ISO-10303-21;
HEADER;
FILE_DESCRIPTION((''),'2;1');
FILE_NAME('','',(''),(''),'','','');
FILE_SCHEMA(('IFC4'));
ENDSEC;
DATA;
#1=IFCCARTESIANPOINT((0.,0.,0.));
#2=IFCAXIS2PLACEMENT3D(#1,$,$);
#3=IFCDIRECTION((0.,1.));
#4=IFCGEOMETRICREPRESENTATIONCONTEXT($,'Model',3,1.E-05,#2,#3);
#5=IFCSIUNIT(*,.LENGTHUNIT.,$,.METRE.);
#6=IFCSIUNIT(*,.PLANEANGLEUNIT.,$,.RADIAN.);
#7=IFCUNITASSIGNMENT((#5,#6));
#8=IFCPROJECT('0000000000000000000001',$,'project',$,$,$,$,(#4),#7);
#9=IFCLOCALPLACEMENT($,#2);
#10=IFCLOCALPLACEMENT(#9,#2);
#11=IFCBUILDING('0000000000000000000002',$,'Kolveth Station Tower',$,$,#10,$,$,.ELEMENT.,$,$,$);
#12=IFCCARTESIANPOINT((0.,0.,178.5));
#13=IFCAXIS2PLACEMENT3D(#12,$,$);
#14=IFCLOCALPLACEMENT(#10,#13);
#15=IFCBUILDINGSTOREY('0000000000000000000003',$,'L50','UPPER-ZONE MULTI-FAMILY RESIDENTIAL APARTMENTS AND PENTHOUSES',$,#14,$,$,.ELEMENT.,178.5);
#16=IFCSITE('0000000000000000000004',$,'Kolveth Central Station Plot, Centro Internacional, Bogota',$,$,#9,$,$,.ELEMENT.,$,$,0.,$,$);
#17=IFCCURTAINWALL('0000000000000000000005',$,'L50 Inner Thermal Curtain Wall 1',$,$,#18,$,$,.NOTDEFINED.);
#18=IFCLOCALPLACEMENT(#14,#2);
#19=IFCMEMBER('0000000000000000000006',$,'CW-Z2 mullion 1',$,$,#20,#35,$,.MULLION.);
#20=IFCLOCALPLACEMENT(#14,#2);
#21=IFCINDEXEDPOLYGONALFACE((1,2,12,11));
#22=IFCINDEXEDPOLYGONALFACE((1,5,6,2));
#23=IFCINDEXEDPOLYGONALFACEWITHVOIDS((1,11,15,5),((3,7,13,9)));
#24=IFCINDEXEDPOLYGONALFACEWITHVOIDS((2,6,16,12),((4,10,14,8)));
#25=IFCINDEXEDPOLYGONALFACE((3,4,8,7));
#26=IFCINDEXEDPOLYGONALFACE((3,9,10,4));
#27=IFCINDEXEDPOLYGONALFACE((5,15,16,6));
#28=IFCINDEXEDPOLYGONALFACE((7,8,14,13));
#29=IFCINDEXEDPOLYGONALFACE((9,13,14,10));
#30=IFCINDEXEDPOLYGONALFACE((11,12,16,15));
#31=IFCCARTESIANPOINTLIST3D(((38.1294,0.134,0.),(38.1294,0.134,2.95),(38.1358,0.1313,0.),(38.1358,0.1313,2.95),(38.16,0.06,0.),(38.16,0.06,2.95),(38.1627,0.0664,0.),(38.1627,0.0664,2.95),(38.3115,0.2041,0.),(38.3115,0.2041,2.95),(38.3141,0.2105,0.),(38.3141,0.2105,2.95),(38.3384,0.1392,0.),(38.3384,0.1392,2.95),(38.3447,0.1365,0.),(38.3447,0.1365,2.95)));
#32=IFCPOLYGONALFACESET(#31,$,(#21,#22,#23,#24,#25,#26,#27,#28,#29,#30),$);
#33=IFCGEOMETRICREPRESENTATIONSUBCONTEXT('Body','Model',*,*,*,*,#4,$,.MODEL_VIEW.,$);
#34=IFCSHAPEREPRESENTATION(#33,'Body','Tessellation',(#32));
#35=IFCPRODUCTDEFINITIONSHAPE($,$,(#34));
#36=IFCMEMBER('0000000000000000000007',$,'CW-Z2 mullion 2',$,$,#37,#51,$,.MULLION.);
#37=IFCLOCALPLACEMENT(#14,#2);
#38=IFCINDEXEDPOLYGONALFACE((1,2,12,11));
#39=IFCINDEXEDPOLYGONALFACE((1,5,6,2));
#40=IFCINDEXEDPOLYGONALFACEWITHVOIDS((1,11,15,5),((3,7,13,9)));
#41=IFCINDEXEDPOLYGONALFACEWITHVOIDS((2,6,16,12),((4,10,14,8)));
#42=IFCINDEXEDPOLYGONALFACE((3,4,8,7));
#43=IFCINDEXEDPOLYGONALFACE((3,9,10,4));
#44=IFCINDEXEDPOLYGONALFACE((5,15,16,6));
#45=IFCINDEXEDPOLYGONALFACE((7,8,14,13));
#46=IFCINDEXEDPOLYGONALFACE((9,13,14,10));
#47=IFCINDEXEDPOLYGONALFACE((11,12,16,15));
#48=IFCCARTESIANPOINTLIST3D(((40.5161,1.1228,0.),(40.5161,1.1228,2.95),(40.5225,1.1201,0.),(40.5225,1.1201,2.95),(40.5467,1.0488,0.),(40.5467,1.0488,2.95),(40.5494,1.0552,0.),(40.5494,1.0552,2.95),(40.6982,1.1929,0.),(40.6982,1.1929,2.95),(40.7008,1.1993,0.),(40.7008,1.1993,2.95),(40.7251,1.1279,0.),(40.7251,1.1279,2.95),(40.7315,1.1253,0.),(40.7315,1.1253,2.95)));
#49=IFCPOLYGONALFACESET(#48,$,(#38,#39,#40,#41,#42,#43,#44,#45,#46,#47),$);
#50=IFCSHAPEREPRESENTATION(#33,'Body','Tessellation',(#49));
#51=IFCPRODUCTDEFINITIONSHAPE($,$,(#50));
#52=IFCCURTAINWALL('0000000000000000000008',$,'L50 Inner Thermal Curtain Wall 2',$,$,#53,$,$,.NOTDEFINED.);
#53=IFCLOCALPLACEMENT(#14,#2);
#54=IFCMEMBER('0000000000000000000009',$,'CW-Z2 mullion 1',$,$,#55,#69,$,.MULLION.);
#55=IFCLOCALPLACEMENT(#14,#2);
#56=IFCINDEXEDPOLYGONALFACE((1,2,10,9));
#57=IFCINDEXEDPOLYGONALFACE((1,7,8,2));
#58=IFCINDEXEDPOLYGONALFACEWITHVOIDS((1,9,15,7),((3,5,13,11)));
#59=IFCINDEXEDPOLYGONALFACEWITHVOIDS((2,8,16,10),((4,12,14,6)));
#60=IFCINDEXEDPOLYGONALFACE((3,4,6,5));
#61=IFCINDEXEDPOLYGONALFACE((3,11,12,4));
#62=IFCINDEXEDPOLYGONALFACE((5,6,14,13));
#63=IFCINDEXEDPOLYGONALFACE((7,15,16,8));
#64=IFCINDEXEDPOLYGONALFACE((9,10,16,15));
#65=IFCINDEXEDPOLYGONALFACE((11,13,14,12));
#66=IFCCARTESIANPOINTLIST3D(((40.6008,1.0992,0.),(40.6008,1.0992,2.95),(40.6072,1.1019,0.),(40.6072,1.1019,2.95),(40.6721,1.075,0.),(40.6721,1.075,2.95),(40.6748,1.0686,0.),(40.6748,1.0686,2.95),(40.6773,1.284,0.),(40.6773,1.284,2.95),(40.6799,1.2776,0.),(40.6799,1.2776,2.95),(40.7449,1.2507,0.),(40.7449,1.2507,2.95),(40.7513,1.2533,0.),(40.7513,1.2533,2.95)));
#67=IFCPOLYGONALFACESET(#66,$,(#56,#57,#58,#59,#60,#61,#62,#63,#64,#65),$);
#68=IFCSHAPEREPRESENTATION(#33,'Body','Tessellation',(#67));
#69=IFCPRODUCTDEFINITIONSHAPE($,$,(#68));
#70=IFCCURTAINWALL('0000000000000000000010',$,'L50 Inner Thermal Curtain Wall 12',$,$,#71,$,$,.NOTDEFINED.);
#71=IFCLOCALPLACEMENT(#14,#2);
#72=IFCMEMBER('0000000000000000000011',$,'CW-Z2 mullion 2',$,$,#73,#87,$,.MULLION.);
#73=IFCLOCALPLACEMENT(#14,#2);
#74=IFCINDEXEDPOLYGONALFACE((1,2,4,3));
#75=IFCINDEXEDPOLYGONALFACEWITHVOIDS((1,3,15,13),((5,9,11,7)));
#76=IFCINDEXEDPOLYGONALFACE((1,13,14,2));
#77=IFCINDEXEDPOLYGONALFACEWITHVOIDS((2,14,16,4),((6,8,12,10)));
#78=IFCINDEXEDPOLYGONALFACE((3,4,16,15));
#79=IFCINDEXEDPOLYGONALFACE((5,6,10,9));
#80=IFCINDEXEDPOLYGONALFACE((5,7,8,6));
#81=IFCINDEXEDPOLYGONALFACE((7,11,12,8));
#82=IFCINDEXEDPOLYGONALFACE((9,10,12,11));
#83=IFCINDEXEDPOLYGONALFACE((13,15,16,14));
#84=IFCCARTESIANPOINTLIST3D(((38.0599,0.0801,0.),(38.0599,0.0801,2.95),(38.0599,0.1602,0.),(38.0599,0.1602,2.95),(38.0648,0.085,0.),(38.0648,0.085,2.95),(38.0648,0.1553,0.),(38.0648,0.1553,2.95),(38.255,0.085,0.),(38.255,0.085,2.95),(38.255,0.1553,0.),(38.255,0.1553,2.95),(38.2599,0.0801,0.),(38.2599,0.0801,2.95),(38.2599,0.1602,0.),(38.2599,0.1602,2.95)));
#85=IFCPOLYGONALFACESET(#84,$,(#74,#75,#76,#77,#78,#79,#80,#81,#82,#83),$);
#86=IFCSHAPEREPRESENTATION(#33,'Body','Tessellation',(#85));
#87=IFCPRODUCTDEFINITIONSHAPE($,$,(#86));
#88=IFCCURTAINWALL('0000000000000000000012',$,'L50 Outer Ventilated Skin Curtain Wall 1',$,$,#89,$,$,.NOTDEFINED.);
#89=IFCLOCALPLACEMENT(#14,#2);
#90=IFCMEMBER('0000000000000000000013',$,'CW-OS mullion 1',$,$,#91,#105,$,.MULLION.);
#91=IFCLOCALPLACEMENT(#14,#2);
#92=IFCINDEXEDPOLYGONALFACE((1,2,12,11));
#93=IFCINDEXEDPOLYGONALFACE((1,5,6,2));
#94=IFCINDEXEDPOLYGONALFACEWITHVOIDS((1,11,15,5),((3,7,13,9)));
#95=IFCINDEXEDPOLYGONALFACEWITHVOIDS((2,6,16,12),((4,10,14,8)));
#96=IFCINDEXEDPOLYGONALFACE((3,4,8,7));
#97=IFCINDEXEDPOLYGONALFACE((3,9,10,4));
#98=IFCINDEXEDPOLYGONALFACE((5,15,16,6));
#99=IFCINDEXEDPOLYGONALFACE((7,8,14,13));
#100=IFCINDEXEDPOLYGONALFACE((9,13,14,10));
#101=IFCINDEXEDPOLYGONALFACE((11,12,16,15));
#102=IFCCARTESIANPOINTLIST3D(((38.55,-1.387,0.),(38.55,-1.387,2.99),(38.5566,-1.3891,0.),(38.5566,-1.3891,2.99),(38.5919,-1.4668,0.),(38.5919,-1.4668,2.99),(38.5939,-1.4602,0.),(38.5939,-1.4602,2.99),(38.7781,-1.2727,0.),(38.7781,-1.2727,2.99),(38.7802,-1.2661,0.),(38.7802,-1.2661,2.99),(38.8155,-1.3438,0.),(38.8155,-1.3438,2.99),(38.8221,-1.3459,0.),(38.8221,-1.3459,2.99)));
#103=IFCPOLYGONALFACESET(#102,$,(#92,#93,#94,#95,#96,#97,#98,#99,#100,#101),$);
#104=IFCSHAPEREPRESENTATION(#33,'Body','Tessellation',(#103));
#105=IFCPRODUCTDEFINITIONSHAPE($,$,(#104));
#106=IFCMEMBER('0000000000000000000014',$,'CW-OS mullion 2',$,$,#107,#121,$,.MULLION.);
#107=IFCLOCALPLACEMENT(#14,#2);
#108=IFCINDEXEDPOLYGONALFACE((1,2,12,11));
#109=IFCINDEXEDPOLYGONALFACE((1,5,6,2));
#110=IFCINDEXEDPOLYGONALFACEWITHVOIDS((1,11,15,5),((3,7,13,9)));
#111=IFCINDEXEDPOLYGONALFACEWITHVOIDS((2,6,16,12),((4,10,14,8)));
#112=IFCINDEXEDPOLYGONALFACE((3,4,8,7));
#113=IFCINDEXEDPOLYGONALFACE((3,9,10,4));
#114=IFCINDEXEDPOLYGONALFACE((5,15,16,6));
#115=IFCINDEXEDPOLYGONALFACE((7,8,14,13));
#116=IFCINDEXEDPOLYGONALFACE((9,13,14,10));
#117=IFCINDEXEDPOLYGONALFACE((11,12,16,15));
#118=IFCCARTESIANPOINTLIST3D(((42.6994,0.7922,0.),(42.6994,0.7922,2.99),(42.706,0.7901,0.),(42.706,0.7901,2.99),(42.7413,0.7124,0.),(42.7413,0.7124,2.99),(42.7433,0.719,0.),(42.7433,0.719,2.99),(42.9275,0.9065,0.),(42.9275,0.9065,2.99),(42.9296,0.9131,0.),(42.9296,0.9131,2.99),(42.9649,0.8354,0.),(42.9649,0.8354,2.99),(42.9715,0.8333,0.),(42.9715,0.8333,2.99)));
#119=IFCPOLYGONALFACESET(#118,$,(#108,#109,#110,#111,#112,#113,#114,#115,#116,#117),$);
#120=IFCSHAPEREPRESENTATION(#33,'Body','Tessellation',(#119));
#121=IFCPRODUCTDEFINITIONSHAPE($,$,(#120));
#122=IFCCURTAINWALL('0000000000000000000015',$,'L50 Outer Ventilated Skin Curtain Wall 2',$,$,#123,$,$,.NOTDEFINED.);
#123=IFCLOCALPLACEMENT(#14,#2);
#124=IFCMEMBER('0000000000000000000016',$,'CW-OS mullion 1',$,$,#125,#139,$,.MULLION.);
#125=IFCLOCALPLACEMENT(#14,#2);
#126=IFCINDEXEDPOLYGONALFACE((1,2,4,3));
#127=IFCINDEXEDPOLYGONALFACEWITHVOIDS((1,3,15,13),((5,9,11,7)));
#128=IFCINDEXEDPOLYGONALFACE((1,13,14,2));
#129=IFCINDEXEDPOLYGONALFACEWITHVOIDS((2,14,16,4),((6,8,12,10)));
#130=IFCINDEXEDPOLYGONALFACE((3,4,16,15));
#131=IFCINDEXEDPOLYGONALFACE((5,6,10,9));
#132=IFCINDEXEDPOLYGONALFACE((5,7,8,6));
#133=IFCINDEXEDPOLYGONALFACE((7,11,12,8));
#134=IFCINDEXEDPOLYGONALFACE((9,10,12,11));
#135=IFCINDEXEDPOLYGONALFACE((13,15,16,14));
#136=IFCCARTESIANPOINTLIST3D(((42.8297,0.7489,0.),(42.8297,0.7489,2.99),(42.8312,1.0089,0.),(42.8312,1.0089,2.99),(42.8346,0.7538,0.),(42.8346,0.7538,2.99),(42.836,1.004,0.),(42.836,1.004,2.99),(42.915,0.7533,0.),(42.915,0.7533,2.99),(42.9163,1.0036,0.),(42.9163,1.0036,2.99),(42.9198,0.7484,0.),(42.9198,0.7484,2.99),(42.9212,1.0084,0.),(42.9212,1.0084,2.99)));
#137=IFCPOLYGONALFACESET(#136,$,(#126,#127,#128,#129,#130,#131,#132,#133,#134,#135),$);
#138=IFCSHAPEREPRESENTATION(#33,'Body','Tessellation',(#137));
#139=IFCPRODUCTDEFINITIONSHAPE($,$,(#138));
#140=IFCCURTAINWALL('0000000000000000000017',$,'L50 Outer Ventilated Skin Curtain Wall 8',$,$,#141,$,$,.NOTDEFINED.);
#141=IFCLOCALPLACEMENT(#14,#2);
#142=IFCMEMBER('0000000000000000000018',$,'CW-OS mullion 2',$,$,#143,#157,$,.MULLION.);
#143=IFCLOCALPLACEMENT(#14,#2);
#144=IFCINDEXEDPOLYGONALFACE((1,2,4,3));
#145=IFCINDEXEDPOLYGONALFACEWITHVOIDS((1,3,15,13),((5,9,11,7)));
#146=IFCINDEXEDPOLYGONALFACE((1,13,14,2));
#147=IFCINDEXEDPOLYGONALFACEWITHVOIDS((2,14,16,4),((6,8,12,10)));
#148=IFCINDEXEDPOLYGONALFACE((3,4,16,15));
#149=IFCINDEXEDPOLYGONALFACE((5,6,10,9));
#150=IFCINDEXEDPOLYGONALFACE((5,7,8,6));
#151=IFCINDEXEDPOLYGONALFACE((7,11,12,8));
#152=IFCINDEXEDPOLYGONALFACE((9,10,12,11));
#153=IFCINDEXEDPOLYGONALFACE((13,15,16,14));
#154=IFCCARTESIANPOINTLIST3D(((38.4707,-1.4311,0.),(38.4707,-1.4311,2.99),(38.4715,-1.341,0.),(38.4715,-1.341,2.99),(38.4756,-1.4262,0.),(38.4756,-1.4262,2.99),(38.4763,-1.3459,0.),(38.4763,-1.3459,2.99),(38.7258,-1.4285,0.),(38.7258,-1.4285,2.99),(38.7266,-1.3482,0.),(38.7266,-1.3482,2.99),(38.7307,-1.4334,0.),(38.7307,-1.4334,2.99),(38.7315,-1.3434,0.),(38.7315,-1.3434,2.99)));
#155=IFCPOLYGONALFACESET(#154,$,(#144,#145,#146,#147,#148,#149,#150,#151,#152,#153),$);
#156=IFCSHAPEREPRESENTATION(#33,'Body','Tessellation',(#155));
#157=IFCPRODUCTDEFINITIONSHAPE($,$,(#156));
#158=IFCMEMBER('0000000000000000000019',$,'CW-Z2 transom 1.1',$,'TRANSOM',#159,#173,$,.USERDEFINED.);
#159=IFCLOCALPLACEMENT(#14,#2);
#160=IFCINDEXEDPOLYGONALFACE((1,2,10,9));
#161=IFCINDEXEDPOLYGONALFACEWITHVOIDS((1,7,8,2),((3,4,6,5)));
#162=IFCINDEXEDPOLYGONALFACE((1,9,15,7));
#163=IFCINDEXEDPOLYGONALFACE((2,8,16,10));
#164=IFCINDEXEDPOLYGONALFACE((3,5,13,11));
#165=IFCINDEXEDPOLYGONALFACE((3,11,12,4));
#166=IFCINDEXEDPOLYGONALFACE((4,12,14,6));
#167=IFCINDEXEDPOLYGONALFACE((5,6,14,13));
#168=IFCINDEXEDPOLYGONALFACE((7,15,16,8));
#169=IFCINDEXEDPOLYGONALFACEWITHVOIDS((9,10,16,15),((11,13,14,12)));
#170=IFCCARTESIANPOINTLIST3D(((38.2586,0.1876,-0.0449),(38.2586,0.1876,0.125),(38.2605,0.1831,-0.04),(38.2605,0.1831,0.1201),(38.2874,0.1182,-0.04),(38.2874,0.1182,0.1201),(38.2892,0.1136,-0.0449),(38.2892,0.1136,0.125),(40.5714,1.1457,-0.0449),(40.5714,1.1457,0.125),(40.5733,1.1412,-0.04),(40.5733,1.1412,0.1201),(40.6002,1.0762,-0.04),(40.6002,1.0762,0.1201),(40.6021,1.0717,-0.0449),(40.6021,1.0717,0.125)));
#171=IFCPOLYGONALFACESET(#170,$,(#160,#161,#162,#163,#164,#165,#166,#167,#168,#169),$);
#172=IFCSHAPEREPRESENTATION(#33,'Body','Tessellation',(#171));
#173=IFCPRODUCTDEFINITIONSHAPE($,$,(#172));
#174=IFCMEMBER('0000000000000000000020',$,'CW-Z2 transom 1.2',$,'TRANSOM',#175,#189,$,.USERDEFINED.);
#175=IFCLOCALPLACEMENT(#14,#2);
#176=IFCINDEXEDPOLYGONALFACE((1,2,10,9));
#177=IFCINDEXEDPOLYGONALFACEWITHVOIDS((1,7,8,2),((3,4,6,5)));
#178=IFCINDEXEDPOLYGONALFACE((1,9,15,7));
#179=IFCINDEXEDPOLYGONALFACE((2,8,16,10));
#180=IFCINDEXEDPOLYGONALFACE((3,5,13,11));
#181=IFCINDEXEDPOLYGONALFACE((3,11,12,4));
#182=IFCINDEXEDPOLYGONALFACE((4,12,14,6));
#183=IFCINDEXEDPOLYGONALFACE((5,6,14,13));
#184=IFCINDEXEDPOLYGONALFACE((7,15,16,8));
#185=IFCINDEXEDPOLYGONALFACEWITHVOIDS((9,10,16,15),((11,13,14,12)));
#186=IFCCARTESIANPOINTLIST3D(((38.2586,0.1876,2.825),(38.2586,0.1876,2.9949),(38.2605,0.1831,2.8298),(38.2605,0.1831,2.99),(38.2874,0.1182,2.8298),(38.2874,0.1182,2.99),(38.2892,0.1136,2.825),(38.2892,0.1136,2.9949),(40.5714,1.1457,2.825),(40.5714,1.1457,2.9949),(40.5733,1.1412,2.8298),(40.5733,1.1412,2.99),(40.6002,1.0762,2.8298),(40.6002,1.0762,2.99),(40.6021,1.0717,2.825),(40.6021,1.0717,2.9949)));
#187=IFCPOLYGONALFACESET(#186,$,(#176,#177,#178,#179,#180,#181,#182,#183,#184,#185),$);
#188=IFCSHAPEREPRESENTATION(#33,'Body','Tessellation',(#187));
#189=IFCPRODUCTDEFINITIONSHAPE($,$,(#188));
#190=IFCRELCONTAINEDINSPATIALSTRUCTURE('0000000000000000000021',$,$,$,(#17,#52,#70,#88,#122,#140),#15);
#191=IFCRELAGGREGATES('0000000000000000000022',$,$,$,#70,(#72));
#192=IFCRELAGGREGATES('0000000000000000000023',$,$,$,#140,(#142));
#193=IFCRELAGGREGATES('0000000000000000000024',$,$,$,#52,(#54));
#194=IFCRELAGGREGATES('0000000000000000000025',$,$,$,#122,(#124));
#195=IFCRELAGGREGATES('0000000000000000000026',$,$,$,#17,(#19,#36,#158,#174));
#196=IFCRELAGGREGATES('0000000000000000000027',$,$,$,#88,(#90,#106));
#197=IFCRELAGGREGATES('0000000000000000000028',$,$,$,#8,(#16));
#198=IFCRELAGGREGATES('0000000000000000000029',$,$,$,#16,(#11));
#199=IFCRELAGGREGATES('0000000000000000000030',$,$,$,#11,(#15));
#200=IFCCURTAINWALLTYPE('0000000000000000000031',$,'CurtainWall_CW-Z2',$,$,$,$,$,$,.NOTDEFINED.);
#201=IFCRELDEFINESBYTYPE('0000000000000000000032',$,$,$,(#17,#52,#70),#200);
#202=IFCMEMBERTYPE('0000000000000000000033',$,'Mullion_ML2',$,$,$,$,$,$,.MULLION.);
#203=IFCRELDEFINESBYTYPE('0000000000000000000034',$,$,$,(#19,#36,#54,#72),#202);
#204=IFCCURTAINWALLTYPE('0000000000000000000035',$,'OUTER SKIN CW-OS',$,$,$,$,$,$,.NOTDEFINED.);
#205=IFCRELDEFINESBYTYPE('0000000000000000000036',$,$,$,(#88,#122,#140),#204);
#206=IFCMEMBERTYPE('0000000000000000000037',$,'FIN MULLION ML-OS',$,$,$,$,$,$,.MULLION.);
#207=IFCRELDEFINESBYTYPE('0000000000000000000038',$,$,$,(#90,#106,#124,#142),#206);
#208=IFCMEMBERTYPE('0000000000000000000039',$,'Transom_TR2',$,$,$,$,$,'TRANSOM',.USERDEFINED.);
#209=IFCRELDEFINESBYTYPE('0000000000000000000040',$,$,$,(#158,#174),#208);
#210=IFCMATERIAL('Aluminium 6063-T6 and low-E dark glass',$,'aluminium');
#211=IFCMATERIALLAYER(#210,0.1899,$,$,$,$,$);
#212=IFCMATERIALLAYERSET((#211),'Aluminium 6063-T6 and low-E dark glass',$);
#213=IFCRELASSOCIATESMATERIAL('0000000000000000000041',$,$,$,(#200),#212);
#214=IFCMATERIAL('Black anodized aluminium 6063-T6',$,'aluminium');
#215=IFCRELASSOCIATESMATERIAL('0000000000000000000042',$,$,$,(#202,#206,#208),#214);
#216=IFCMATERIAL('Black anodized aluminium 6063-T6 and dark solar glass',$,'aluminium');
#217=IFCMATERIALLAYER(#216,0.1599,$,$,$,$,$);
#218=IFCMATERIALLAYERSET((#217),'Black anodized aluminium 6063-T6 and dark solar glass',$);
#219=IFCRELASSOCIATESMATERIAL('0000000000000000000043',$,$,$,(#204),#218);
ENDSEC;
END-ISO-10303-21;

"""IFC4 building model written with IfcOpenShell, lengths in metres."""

from ifc_helpers import new_model, si_unit, direction, frame, origin, origin_2d, place, context, subcontext, project, spatial, hollow_rectangle, extrude, source, transform, mapped, material, layer, layer_set, material_profile, profile_set, type_object, element, aggregate, save


model = new_model("IFC4")

# Units and contexts
model_context = context("Model", 3, precision=1e-05, world=origin(), true_north=direction((0.0, 1.0)))
body_context = subcontext(model_context, "Body", "Model", "MODEL_VIEW")
ifc_project = project(units=[si_unit("LENGTHUNIT", "METRE"), si_unit("PLANEANGLEUNIT", "RADIAN")], contexts=[model_context])

# Site, building, storey
site_placement = place(None, origin())
site = spatial("IfcSite", under=ifc_project, at=site_placement, Name="Kolveth Central Station Plot, Centro Internacional, Bogota", CompositionType="ELEMENT", RefElevation=0.0)
building_placement = place(site_placement, origin())
building = spatial("IfcBuilding", under=site, at=building_placement, Name="Kolveth Station Tower", CompositionType="ELEMENT")
storey_placement = place(building_placement, frame((0.0, 0.0, 178.5)))
storey = spatial("IfcBuildingStorey", under=building, at=storey_placement, Name="L50", Description="UPPER-ZONE MULTI-FAMILY RESIDENTIAL APARTMENTS AND PENTHOUSES", CompositionType="ELEMENT", Elevation=178.5)

# Curtain wall, members
ifc_material_1 = material(Name="Aluminium 6063-T6 and low-E dark glass", Category="aluminium")
ifc_layer_1 = layer(ifc_material_1, 0.1899)
ifc_layer_set_1 = layer_set([ifc_layer_1], Name="Aluminium 6063-T6 and low-E dark glass")
curtain_wall_type_1 = type_object("IfcCurtainWallType", Name="CurtainWall_CW-Z2", PredefinedType="NOTDEFINED", material=ifc_layer_set_1)
curtain_wall_1_placement = place(storey_placement, origin())
curtain_wall_1 = element("IfcCurtainWall", 1, at=curtain_wall_1_placement, inside=storey, type_object=curtain_wall_type_1, Name="L50 Inner Thermal Curtain Wall 1", PredefinedType="NOTDEFINED")
ifc_material_2 = material(Name="Black anodized aluminium 6063-T6", Category="aluminium")
ifc_material_profile_1 = material_profile(ifc_material_2, hollow_rectangle(XDim=0.0801, YDim=0.2, WallThickness=0.0049, at=origin_2d()), Name="ALU-80x200x5")
ifc_profile_set_1 = profile_set([ifc_material_profile_1], Name="Black anodized aluminium 6063-T6")
member_type_1 = type_object("IfcMemberType", Name="Mullion_ML2", PredefinedType="MULLION", material=ifc_profile_set_1)
shared_shape_1 = source(origin(), body_context, "Body", "SweptSolid", [
    extrude(hollow_rectangle(XDim=0.0801, YDim=0.2, WallThickness=0.0049, at=origin_2d()), origin(), (0.0, 0.0, 1.0), 2.95),
])
member_1_placement = place(storey_placement, frame((38.2371, 0.1353, 0.0), z_axis=(0.0, 0.0, 1.0), x_axis=(-0.382698, 0.923874, 0.0)))
member_1 = element("IfcMember", 2, at=member_1_placement, type_object=member_type_1, Name="CW-Z2 mullion 1", PredefinedType="MULLION", context=body_context, shape_type="MappedRepresentation", body=[
    mapped(shared_shape_1, transform((0.0, 0.0, 0.0), x_axis=(1.0, 0.0, 0.0), y_axis=(0.0, 1.0, 0.0), z_axis=(0.0, 0.0, 1.0), scale=1.0)),
])
member_2_placement = place(storey_placement, frame((40.6238, 1.124, 0.0), z_axis=(0.0, 0.0, 1.0), x_axis=(-0.382698, 0.923874, 0.0)))
member_2 = element("IfcMember", 3, at=member_2_placement, type_object=member_type_1, Name="CW-Z2 mullion 2", PredefinedType="MULLION", context=body_context, shape_type="MappedRepresentation", body=[
    mapped(shared_shape_1, transform((0.0, 0.0, 0.0), x_axis=(1.0, 0.0, 0.0), y_axis=(0.0, 1.0, 0.0), z_axis=(0.0, 0.0, 1.0), scale=1.0)),
])

# Curtain walls, members
curtain_wall_2_placement = place(storey_placement, origin())
curtain_wall_2 = element("IfcCurtainWall", 4, at=curtain_wall_2_placement, inside=storey, type_object=curtain_wall_type_1, Name="L50 Inner Thermal Curtain Wall 2", PredefinedType="NOTDEFINED")
member_3_placement = place(storey_placement, frame((40.676, 1.1763, 0.0), z_axis=(0.0, 0.0, 1.0), x_axis=(-0.923874, 0.382698, 0.0)))
member_3 = element("IfcMember", 5, at=member_3_placement, type_object=member_type_1, Name="CW-Z2 mullion 1", PredefinedType="MULLION", context=body_context, shape_type="MappedRepresentation", body=[
    mapped(shared_shape_1, transform((0.0, 0.0, 0.0), x_axis=(1.0, 0.0, 0.0), y_axis=(0.0, 1.0, 0.0), z_axis=(0.0, 0.0, 1.0), scale=1.0)),
])
curtain_wall_3_placement = place(storey_placement, origin())
curtain_wall_3 = element("IfcCurtainWall", 6, at=curtain_wall_3_placement, inside=storey, type_object=curtain_wall_type_1, Name="L50 Inner Thermal Curtain Wall 12", PredefinedType="NOTDEFINED")
member_4_placement = place(storey_placement, frame((38.1599, 0.1201, 0.0), z_axis=(0.0, 0.0, 1.0), x_axis=(0.0, 1.0, 0.0)))
member_4 = element("IfcMember", 7, at=member_4_placement, type_object=member_type_1, Name="CW-Z2 mullion 2", PredefinedType="MULLION", context=body_context, shape_type="MappedRepresentation", body=[
    mapped(shared_shape_1, transform((0.0, 0.0, 0.0), x_axis=(1.0, 0.0, 0.0), y_axis=(0.0, 1.0, 0.0), z_axis=(0.0, 0.0, 1.0), scale=1.0)),
])
aggregate(curtain_wall_3, [member_4])

# Curtain wall, members
ifc_material_3 = material(Name="Black anodized aluminium 6063-T6 and dark solar glass", Category="aluminium")
ifc_layer_2 = layer(ifc_material_3, 0.1599)
ifc_layer_set_2 = layer_set([ifc_layer_2], Name="Black anodized aluminium 6063-T6 and dark solar glass")
curtain_wall_type_2 = type_object("IfcCurtainWallType", Name="OUTER SKIN CW-OS", PredefinedType="NOTDEFINED", material=ifc_layer_set_2)
curtain_wall_4_placement = place(storey_placement, origin())
curtain_wall_4 = element("IfcCurtainWall", 8, at=curtain_wall_4_placement, inside=storey, type_object=curtain_wall_type_2, Name="L50 Outer Ventilated Skin Curtain Wall 1", PredefinedType="NOTDEFINED")
ifc_material_profile_2 = material_profile(ifc_material_2, hollow_rectangle(XDim=0.0901, YDim=0.26, WallThickness=0.0049, at=origin_2d()), Name="ALU-90x260x5")
ifc_profile_set_2 = profile_set([ifc_material_profile_2], Name="Black anodized aluminium 6063-T6")
member_type_2 = type_object("IfcMemberType", Name="FIN MULLION ML-OS", PredefinedType="MULLION", material=ifc_profile_set_2)
shared_shape_2 = source(origin(), body_context, "Body", "SweptSolid", [
    extrude(hollow_rectangle(XDim=0.0901, YDim=0.26, WallThickness=0.0049, at=origin_2d()), origin(), (0.0, 0.0, 1.0), 2.99),
])
member_5_placement = place(storey_placement, frame((38.686, -1.3665, 0.0), z_axis=(0.0, 0.0, 1.0), x_axis=(-0.464969, 0.885327, 0.0)))
member_5 = element("IfcMember", 9, at=member_5_placement, type_object=member_type_2, Name="CW-OS mullion 1", PredefinedType="MULLION", context=body_context, shape_type="MappedRepresentation", body=[
    mapped(shared_shape_2, transform((0.0, 0.0, 0.0), x_axis=(1.0, 0.0, 0.0), y_axis=(0.0, 1.0, 0.0), z_axis=(0.0, 0.0, 1.0), scale=1.0)),
])
member_6_placement = place(storey_placement, frame((42.8354, 0.8127, 0.0), z_axis=(0.0, 0.0, 1.0), x_axis=(-0.464969, 0.885327, 0.0)))
member_6 = element("IfcMember", 10, at=member_6_placement, type_object=member_type_2, Name="CW-OS mullion 2", PredefinedType="MULLION", context=body_context, shape_type="MappedRepresentation", body=[
    mapped(shared_shape_2, transform((0.0, 0.0, 0.0), x_axis=(1.0, 0.0, 0.0), y_axis=(0.0, 1.0, 0.0), z_axis=(0.0, 0.0, 1.0), scale=1.0)),
])

# Curtain walls, members
curtain_wall_5_placement = place(storey_placement, origin())
curtain_wall_5 = element("IfcCurtainWall", 11, at=curtain_wall_5_placement, inside=storey, type_object=curtain_wall_type_2, Name="L50 Outer Ventilated Skin Curtain Wall 2", PredefinedType="NOTDEFINED")
member_7_placement = place(storey_placement, frame((42.8755, 0.8787, 0.0), z_axis=(0.0, 0.0, 1.0), x_axis=(-0.999985, 0.00545, 0.0)))
member_7 = element("IfcMember", 12, at=member_7_placement, type_object=member_type_2, Name="CW-OS mullion 1", PredefinedType="MULLION", context=body_context, shape_type="MappedRepresentation", body=[
    mapped(shared_shape_2, transform((0.0, 0.0, 0.0), x_axis=(1.0, 0.0, 0.0), y_axis=(0.0, 1.0, 0.0), z_axis=(0.0, 0.0, 1.0), scale=1.0)),
])
curtain_wall_6_placement = place(storey_placement, origin())
curtain_wall_6 = element("IfcCurtainWall", 13, at=curtain_wall_6_placement, inside=storey, type_object=curtain_wall_type_2, Name="L50 Outer Ventilated Skin Curtain Wall 8", PredefinedType="NOTDEFINED")
member_8_placement = place(storey_placement, frame((38.6011, -1.3872, 0.0), z_axis=(0.0, 0.0, 1.0), x_axis=(0.009203, 0.999958, 0.0)))
member_8 = element("IfcMember", 14, at=member_8_placement, type_object=member_type_2, Name="CW-OS mullion 2", PredefinedType="MULLION", context=body_context, shape_type="MappedRepresentation", body=[
    mapped(shared_shape_2, transform((0.0, 0.0, 0.0), x_axis=(1.0, 0.0, 0.0), y_axis=(0.0, 1.0, 0.0), z_axis=(0.0, 0.0, 1.0), scale=1.0)),
])
aggregate(curtain_wall_6, [member_8])

# Members
ifc_material_profile_3 = material_profile(ifc_material_2, hollow_rectangle(XDim=0.0801, YDim=0.1699, WallThickness=0.0049, at=origin_2d()), Name="ALU-80x170x5")
ifc_profile_set_3 = profile_set([ifc_material_profile_3], Name="Black anodized aluminium 6063-T6")
member_type_3 = type_object("IfcMemberType", Name="Transom_TR2", ElementType="TRANSOM", PredefinedType="USERDEFINED", material=ifc_profile_set_3)
shared_shape_3 = source(origin(), body_context, "Body", "SweptSolid", [
    extrude(hollow_rectangle(XDim=0.0801, YDim=0.1699, WallThickness=0.0049, at=origin_2d()), origin(), (0.0, 0.0, 1.0), 2.5034),
])
member_9_placement = place(storey_placement, frame((38.2739, 0.1506, 0.04), z_axis=(0.923874, 0.382696, 0.0), x_axis=(-0.382696, 0.923874, 0.0)))
member_9 = element("IfcMember", 15, at=member_9_placement, type_object=member_type_3, Name="CW-Z2 transom 1.1", ObjectType="TRANSOM", PredefinedType="USERDEFINED", context=body_context, shape_type="MappedRepresentation", body=[
    mapped(shared_shape_3, transform((0.0, 0.0, 0.0), x_axis=(1.0, 0.0, 0.0), y_axis=(0.0, 1.0, 0.0), z_axis=(0.0, 0.0, 1.0), scale=1.0)),
])
member_10_placement = place(storey_placement, frame((38.2739, 0.1506, 2.9099), z_axis=(0.923874, 0.382696, 0.0), x_axis=(-0.382696, 0.923874, 0.0)))
member_10 = element("IfcMember", 16, at=member_10_placement, type_object=member_type_3, Name="CW-Z2 transom 1.2", ObjectType="TRANSOM", PredefinedType="USERDEFINED", context=body_context, shape_type="MappedRepresentation", body=[
    mapped(shared_shape_3, transform((0.0, 0.0, 0.0), x_axis=(1.0, 0.0, 0.0), y_axis=(0.0, 1.0, 0.0), z_axis=(0.0, 0.0, 1.0), scale=1.0)),
])
aggregate(curtain_wall_2, [member_3])
aggregate(curtain_wall_5, [member_7])

aggregate(curtain_wall_1, [member_1, member_2, member_9, member_10])
aggregate(curtain_wall_4, [member_5, member_6])

save(model, "model.ifc")
